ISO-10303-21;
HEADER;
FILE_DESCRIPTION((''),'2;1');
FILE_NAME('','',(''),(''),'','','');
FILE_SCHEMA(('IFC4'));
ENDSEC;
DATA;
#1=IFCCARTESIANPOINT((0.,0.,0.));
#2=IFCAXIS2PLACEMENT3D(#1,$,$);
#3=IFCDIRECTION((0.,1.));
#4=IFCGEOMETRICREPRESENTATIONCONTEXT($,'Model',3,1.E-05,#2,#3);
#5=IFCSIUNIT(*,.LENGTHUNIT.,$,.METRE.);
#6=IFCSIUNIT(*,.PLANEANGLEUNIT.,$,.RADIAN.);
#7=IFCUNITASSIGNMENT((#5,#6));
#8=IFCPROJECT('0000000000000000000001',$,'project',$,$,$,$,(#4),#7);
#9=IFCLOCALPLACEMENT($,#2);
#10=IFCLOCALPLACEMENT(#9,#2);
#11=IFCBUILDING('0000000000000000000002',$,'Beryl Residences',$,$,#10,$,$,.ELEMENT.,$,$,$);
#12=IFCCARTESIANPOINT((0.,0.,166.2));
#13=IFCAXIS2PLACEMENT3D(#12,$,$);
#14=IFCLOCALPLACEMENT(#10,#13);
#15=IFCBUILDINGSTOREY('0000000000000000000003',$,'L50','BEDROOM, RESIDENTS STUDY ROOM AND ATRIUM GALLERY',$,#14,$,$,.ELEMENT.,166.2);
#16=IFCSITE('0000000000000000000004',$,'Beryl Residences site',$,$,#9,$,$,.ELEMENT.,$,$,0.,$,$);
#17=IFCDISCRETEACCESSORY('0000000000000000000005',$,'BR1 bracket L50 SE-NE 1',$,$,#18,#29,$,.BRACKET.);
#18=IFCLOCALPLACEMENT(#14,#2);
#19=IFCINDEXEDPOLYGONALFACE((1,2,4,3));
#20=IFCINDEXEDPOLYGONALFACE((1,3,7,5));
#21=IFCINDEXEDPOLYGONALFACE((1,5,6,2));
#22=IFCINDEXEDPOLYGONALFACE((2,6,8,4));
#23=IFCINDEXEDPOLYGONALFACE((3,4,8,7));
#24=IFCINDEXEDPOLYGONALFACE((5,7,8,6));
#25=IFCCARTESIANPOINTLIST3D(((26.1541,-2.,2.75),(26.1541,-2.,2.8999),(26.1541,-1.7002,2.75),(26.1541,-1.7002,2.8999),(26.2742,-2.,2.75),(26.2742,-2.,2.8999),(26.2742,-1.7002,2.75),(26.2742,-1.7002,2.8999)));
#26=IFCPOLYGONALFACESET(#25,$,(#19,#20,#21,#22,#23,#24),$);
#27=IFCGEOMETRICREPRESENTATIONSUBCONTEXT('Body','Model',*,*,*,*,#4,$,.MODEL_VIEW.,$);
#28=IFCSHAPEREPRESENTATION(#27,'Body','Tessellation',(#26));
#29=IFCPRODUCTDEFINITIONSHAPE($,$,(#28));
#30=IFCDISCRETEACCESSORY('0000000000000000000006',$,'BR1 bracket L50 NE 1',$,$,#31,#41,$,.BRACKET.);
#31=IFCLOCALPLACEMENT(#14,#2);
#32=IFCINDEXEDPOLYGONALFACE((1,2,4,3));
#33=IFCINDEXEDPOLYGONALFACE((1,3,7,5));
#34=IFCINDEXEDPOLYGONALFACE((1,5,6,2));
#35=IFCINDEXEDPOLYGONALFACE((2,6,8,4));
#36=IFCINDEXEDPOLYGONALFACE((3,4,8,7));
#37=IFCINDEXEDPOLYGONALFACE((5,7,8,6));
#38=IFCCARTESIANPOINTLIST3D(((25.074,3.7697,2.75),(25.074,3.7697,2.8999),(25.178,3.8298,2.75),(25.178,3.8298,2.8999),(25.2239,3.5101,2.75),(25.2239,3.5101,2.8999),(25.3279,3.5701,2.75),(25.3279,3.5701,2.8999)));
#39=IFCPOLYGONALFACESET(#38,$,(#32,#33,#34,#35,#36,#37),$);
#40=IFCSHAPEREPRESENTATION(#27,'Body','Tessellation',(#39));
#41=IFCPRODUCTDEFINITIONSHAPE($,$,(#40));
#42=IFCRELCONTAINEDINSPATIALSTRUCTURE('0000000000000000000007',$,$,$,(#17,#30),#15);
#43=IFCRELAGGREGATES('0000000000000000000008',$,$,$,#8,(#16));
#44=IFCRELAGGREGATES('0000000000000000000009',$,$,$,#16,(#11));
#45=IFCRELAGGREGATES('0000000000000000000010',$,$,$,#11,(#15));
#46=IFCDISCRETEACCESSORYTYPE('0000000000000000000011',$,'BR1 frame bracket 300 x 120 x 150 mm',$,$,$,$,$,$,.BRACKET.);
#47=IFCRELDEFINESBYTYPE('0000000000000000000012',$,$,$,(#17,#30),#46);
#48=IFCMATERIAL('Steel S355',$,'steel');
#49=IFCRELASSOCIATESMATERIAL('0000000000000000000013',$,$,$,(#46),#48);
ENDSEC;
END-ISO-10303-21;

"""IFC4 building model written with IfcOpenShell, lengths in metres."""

from ifc_helpers import new_model, si_unit, direction, frame, origin, place, context, subcontext, project, spatial, polyline, outline, extrude, source, transform, mapped, material, type_object, type_shapes, element, save


model = new_model("IFC4")

# Units and contexts
model_context = context("Model", 3, precision=1e-05, world=origin(), true_north=direction((0.0, 1.0)))
body_context = subcontext(model_context, "Body", "Model", "MODEL_VIEW")
ifc_project = project(units=[si_unit("LENGTHUNIT", "METRE"), si_unit("PLANEANGLEUNIT", "RADIAN")], contexts=[model_context])

# Site, building, storey
site_placement = place(None, origin())
site = spatial("IfcSite", under=ifc_project, at=site_placement, Name="Beryl Residences site", CompositionType="ELEMENT", RefElevation=0.0)
building_placement = place(site_placement, origin())
building = spatial("IfcBuilding", under=site, at=building_placement, Name="Beryl Residences", CompositionType="ELEMENT")
storey_placement = place(building_placement, frame((0.0, 0.0, 166.2)))
storey = spatial("IfcBuildingStorey", under=building, at=storey_placement, Name="L50", Description="BEDROOM, RESIDENTS STUDY ROOM AND ATRIUM GALLERY", CompositionType="ELEMENT", Elevation=166.2)

# Discrete accessories
ifc_material_1 = material(Name="Steel S355", Category="steel")
discrete_accessory_type = type_object("IfcDiscreteAccessoryType", Name="BR1 frame bracket 300 x 120 x 150 mm", PredefinedType="BRACKET", material=ifc_material_1)
shared_shape_1 = source(origin(), body_context, "Body", "SweptSolid", [
    extrude(outline(polyline([(-0.1499, 0.0), (0.1499, 0.0), (0.1499, 0.1201), (-0.1499, 0.1201), (-0.1499, 0.0)])), origin(), (0.0, 0.0, 1.0), 0.1499),
])
type_shapes(discrete_accessory_type, [shared_shape_1])
for number, where, z_axis, x_axis, name in (
    (1, (26.1541, -1.8501, 2.75), (0.0, 0.0, 1.0), (0.0, -1.0, 0.0), "BR1 bracket L50 SE-NE 1"),
    (2, (25.1489, 3.6399, 2.75), (0.0, 0.0, 1.0), (0.5, -0.866025, 0.0), "BR1 bracket L50 NE 1"),
):
    element("IfcDiscreteAccessory", number, at=place(storey_placement, frame(where, z_axis=z_axis, x_axis=x_axis)), inside=storey, type_object=discrete_accessory_type, Name=name, PredefinedType="BRACKET", context=body_context, shape_type="MappedRepresentation", body=[
        mapped(shared_shape_1, transform((0.0, 0.0, 0.0))),
    ])

save(model, "model.ifc")
